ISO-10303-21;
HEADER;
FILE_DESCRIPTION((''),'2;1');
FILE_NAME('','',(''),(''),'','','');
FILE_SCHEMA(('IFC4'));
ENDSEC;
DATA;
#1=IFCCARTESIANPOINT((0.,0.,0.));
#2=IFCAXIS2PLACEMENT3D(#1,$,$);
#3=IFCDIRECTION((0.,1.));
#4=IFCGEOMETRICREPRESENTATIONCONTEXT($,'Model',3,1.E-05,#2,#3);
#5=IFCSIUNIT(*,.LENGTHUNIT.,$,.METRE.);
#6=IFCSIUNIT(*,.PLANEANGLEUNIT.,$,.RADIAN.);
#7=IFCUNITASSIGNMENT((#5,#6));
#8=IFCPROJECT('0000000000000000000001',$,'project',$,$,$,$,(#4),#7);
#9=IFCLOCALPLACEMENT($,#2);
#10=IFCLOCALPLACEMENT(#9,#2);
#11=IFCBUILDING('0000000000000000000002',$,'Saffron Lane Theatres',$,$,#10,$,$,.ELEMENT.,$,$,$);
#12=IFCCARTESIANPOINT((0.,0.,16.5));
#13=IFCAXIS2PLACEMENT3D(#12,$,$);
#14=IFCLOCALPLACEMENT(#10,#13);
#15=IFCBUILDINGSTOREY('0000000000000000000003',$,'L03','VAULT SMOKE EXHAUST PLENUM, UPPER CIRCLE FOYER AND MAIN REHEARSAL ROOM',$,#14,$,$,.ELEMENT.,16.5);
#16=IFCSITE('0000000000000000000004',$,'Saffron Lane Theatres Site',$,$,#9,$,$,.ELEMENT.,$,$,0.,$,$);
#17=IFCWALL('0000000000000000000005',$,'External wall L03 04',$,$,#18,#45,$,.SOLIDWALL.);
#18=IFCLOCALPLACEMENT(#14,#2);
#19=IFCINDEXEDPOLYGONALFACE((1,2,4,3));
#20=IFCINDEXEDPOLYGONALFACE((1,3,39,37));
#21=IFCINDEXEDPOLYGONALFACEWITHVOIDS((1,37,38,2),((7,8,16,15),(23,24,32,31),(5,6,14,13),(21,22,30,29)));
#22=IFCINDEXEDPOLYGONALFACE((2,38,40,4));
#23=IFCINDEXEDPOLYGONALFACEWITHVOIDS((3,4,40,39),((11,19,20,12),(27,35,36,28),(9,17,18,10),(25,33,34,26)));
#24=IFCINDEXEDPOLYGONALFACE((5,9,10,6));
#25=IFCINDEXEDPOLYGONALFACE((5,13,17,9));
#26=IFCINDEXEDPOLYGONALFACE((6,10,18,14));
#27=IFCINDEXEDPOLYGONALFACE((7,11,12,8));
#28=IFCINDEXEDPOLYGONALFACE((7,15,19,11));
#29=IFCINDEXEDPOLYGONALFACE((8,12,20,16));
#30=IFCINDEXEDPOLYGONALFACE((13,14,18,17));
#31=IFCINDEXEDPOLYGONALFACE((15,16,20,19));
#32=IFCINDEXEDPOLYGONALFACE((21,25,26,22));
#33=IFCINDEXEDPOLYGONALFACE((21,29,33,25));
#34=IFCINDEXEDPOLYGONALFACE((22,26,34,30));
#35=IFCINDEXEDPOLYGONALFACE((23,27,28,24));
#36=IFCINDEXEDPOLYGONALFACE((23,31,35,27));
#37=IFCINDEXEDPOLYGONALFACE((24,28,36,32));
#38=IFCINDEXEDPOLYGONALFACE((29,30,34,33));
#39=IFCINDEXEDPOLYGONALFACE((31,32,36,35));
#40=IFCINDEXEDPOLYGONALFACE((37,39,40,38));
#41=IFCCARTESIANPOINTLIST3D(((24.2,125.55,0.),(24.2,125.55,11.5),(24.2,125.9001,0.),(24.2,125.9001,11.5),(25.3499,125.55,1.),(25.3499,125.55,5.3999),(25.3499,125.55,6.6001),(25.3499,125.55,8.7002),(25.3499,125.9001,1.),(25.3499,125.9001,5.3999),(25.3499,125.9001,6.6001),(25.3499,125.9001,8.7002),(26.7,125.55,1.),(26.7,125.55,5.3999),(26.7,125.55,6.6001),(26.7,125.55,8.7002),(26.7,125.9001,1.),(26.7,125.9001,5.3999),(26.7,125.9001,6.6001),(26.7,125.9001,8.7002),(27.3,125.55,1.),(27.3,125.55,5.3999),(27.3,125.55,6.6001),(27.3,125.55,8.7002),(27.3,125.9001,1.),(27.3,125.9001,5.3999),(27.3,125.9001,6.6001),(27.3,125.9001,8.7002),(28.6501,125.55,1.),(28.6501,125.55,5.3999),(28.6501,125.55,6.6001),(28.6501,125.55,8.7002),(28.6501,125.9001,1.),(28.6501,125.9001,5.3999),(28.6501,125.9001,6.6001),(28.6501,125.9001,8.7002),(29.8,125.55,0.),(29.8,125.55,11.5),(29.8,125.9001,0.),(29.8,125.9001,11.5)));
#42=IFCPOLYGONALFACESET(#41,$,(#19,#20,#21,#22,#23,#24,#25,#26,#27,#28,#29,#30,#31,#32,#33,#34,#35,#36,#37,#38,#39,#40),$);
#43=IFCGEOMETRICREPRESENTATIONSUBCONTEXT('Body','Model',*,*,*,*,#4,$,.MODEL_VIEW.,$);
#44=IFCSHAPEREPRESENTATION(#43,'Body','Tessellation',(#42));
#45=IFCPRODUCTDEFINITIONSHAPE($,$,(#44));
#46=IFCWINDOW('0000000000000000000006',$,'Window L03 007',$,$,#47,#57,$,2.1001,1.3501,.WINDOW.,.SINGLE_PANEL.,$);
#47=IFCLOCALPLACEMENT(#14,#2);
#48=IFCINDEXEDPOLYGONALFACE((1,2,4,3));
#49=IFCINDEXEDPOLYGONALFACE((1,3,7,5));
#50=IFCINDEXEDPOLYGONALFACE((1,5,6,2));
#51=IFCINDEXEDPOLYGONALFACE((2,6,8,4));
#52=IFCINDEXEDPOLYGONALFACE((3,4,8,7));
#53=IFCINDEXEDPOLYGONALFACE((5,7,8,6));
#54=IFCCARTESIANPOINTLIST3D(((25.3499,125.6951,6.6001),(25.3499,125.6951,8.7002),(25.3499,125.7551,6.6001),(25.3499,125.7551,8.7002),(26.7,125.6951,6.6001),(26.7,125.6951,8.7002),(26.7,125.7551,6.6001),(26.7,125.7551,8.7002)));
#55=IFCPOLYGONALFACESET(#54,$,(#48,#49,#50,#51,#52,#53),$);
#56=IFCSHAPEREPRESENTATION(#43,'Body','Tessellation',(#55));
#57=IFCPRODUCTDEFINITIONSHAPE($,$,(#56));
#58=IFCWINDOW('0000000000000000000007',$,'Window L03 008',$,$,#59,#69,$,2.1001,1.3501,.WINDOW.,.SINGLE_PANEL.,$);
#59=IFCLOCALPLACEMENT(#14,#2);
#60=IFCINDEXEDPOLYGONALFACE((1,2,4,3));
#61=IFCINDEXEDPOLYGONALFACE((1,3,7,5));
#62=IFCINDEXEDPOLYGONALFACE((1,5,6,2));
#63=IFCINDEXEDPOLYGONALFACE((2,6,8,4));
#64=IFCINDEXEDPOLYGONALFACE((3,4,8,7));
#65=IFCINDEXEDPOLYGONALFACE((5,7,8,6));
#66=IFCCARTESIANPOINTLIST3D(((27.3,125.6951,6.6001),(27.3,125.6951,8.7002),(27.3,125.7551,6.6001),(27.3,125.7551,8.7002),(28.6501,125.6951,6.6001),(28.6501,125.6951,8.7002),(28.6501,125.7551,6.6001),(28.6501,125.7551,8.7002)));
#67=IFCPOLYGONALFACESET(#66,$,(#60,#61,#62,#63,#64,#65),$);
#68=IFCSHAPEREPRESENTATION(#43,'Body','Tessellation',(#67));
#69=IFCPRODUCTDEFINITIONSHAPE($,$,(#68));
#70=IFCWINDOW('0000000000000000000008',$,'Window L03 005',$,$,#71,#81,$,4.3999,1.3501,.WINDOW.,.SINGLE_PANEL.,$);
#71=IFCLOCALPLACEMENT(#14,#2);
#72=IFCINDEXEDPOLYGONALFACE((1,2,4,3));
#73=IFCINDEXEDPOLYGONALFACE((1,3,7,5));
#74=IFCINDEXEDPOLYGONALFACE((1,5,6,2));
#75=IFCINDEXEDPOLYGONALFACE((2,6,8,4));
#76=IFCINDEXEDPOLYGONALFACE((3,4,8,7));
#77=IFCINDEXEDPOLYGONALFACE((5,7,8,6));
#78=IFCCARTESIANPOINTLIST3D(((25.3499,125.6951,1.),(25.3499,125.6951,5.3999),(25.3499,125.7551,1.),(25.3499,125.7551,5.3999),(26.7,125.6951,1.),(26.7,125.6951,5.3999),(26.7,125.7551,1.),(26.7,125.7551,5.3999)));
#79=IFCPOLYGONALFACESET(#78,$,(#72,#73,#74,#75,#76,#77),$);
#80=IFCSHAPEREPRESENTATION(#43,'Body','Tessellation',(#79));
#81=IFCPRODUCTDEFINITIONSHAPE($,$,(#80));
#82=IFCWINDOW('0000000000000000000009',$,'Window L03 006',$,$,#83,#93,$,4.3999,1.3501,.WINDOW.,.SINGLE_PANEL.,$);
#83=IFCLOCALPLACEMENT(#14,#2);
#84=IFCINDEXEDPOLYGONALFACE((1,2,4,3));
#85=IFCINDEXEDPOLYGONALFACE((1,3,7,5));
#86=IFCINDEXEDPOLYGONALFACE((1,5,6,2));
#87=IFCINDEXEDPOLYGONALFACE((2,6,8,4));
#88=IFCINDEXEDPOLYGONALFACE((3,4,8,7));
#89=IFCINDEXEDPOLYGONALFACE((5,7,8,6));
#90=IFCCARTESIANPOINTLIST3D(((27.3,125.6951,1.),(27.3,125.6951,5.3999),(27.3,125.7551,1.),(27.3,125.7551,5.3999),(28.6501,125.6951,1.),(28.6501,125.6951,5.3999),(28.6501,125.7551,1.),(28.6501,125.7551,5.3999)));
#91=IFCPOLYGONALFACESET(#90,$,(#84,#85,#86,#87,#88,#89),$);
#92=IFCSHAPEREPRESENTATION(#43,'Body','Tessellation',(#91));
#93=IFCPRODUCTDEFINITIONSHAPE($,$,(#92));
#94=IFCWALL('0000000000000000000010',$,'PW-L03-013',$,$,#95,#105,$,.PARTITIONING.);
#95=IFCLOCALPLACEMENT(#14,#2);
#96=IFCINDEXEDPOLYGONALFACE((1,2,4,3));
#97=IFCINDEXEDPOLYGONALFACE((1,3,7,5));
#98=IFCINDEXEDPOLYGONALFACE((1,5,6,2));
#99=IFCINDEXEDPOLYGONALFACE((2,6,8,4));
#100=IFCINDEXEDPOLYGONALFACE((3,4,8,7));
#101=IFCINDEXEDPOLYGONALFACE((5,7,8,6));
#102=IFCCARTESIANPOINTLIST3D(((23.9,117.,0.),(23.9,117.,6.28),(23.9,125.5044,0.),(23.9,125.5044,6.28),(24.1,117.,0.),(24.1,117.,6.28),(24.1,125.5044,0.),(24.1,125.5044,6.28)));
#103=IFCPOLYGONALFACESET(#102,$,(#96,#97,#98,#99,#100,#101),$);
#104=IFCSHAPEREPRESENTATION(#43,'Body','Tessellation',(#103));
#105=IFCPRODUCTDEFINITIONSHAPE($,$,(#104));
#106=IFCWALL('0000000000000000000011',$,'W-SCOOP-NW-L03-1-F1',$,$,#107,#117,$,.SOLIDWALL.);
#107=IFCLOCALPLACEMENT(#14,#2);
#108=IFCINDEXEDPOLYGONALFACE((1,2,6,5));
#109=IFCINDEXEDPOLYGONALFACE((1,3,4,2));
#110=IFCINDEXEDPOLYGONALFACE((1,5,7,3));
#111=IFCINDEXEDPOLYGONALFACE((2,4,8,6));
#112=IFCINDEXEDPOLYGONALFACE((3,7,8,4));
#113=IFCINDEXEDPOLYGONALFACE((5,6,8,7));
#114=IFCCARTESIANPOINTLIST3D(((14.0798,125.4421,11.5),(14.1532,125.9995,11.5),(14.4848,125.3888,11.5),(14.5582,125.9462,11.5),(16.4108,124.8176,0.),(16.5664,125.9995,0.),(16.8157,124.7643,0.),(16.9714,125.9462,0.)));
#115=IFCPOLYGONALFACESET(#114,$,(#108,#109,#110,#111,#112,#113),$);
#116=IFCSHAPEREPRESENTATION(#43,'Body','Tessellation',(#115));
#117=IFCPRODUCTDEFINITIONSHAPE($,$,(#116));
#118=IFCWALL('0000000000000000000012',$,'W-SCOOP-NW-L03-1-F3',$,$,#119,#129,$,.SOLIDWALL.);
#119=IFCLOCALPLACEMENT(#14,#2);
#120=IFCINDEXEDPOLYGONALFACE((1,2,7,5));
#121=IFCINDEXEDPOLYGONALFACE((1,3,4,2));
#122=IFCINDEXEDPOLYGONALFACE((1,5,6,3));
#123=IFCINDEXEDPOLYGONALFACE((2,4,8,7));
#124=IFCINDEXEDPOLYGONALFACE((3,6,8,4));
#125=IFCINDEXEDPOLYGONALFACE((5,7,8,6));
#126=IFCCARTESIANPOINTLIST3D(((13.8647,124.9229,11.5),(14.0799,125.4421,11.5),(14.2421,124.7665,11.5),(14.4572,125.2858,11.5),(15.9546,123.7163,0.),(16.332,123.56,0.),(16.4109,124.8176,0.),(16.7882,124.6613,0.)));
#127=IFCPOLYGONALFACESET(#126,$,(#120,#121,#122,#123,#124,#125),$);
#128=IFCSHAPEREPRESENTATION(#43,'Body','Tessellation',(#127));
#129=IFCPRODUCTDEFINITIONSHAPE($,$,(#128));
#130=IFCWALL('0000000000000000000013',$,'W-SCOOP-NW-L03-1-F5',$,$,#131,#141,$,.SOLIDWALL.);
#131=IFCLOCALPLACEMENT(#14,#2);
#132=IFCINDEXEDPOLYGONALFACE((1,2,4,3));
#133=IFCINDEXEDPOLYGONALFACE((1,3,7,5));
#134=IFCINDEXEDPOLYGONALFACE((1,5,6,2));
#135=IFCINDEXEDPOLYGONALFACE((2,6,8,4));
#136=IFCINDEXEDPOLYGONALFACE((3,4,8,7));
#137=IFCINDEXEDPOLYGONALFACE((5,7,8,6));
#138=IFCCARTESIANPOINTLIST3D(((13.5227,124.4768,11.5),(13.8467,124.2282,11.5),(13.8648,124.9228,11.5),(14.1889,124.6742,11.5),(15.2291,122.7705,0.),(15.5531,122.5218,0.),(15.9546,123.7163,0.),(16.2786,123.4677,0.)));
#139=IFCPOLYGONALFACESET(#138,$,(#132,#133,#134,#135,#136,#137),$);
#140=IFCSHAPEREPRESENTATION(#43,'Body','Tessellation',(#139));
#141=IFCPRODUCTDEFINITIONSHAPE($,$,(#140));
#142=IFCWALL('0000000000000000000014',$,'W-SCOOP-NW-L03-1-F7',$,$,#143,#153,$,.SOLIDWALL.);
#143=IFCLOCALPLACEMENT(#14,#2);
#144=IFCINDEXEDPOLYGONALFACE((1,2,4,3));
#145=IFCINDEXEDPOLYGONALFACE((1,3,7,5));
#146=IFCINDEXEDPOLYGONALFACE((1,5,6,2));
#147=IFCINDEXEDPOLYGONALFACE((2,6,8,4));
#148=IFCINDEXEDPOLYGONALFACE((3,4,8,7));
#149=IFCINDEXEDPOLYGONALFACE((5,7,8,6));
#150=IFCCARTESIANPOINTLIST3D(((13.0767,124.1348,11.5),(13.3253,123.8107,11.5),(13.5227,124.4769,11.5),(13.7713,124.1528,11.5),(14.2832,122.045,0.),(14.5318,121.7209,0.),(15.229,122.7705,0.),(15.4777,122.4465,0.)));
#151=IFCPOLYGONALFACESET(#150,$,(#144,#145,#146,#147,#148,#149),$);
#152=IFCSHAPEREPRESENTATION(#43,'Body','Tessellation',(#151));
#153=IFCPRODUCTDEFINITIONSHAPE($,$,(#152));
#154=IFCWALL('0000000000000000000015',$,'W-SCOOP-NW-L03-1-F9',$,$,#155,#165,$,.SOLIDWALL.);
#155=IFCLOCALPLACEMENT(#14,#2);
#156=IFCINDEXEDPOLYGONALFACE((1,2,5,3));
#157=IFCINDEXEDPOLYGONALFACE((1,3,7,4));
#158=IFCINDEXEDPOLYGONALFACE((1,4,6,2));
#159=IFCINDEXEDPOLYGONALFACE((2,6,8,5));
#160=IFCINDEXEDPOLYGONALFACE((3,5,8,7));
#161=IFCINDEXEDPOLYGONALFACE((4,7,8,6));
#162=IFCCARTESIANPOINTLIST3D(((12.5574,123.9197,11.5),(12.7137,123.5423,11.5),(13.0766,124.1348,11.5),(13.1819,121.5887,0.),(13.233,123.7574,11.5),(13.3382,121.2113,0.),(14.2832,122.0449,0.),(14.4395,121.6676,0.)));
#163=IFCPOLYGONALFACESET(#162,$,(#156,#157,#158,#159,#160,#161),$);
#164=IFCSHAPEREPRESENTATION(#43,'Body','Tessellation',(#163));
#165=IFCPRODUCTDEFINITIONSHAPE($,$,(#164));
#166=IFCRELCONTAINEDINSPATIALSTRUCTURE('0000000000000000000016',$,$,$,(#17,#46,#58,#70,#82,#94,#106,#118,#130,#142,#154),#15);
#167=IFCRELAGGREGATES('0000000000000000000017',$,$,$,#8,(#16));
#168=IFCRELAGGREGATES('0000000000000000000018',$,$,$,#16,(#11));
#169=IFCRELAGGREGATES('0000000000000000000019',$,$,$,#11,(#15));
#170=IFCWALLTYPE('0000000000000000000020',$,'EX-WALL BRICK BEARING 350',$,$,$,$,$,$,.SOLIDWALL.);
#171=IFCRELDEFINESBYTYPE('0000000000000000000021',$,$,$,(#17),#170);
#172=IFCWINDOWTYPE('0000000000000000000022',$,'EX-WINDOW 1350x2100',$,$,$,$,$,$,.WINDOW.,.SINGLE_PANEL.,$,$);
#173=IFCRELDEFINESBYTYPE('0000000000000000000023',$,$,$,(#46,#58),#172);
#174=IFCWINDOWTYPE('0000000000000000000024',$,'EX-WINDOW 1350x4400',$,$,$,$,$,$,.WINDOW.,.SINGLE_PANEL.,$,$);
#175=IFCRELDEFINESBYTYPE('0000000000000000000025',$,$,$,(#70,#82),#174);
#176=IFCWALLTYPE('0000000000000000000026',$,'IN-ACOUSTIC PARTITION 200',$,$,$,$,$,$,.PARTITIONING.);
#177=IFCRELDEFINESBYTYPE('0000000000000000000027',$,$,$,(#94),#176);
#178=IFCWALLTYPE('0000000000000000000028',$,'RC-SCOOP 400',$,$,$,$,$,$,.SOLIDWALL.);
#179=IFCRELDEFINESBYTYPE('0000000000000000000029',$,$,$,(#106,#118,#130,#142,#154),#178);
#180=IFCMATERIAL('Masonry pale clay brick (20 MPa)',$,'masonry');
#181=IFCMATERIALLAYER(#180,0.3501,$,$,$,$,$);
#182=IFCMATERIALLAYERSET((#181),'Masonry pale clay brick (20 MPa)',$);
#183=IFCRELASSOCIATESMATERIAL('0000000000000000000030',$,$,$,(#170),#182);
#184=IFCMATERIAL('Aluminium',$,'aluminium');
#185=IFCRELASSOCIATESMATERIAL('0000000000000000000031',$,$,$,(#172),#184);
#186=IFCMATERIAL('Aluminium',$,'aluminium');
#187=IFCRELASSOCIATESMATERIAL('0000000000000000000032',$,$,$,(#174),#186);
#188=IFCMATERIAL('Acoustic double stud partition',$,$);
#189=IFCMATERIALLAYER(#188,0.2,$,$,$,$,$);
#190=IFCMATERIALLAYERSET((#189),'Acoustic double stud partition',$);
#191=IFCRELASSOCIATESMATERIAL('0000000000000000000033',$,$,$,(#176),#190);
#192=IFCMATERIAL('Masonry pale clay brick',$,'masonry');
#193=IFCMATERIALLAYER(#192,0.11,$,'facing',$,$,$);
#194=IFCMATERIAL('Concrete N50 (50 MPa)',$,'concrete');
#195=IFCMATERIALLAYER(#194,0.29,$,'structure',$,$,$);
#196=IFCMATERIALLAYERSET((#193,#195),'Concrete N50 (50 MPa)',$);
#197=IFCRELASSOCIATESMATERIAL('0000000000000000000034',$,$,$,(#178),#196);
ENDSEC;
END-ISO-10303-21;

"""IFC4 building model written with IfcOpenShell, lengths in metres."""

from ifc_helpers import new_model, si_unit, direction, frame, frame_2d, origin, place, context, subcontext, project, spatial, polyline, rectangle, outline, extrude, material, layer, layer_set, type_object, element, fill, save


model = new_model("IFC4")

# Units and contexts
model_context = context("Model", 3, precision=1e-05, world=origin(), true_north=direction((0.0, 1.0)))
body_context = subcontext(model_context, "Body", "Model", "MODEL_VIEW")
ifc_project = project(units=[si_unit("LENGTHUNIT", "METRE"), si_unit("PLANEANGLEUNIT", "RADIAN")], contexts=[model_context])

# Site, building, storey
site_placement = place(None, origin())
site = spatial("IfcSite", under=ifc_project, at=site_placement, Name="Saffron Lane Theatres Site", CompositionType="ELEMENT", RefElevation=0.0)
building_placement = place(site_placement, origin())
building = spatial("IfcBuilding", under=site, at=building_placement, Name="Saffron Lane Theatres", CompositionType="ELEMENT")
storey_placement = place(building_placement, frame((0.0, 0.0, 16.5)))
storey = spatial("IfcBuildingStorey", under=building, at=storey_placement, Name="L03", Description="VAULT SMOKE EXHAUST PLENUM, UPPER CIRCLE FOYER AND MAIN REHEARSAL ROOM", CompositionType="ELEMENT", Elevation=16.5)

# Shared definitions
ifc_material_1 = material(Name="Masonry pale clay brick (20 MPa)", Category="masonry")
ifc_layer_1 = layer(ifc_material_1, 0.3501)
ifc_layer_set_1 = layer_set([ifc_layer_1], Name="Masonry pale clay brick (20 MPa)")
wall_type_1 = type_object("IfcWallType", Name="EX-WALL BRICK BEARING 350", PredefinedType="SOLIDWALL", material=ifc_layer_set_1)

# Wall, openings, windows
ifc_material_2 = material(Name="Aluminium", Category="aluminium")
window_type_1 = type_object("IfcWindowType", Name="EX-WINDOW 1350x2100", PartitioningType="SINGLE_PANEL", PredefinedType="WINDOW", material=ifc_material_2)
ifc_material_3 = material(Name="Aluminium", Category="aluminium")
window_type_2 = type_object("IfcWindowType", Name="EX-WINDOW 1350x4400", PartitioningType="SINGLE_PANEL", PredefinedType="WINDOW", material=ifc_material_3)
wall_1_placement = place(storey_placement, frame((24.2, 125.7251, 0.0), z_axis=(0.0, 0.0, 1.0), x_axis=(1.0, 0.0, 0.0)))
wall_1 = element("IfcWall", 1, at=wall_1_placement, inside=storey, type_object=wall_type_1, Name="External wall L03 04", PredefinedType="SOLIDWALL", context=body_context, shape_type="SweptSolid", body=[
    extrude(rectangle(XDim=5.6001, YDim=0.3501, at=frame_2d((2.8, 0.0))), origin(), (0.0, 0.0, 1.0), 11.5),
])
opening_1_placement = place(wall_1_placement, frame((1.1499, 0.0, 1.0)))
opening_1 = element("IfcOpeningElement", 2, at=opening_1_placement, cuts=wall_1, PredefinedType="OPENING", context=body_context, shape_type="SweptSolid", body=[
    extrude(rectangle(XDim=1.3501, YDim=4.3999, at=frame_2d((0.675, 2.2))), frame((0.0, 0.1851, 0.0), z_axis=(0.0, -1.0, 0.0), x_axis=(1.0, 0.0, 0.0)), (0.0, 0.0, 1.0), 0.3701),
])
opening_2_placement = place(wall_1_placement, frame((3.1001, 0.0, 1.0)))
opening_2 = element("IfcOpeningElement", 3, at=opening_2_placement, cuts=wall_1, PredefinedType="OPENING", context=body_context, shape_type="SweptSolid", body=[
    extrude(rectangle(XDim=1.3501, YDim=4.3999, at=frame_2d((0.675, 2.2))), frame((0.0, 0.1851, 0.0), z_axis=(0.0, -1.0, 0.0), x_axis=(1.0, 0.0, 0.0)), (0.0, 0.0, 1.0), 0.3701),
])
opening_3_placement = place(wall_1_placement, frame((1.1499, 0.0, 6.6001)))
opening_3 = element("IfcOpeningElement", 4, at=opening_3_placement, cuts=wall_1, PredefinedType="OPENING", context=body_context, shape_type="SweptSolid", body=[
    extrude(rectangle(XDim=1.3501, YDim=2.1001, at=frame_2d((0.675, 1.05))), frame((0.0, 0.1851, 0.0), z_axis=(0.0, -1.0, 0.0), x_axis=(1.0, 0.0, 0.0)), (0.0, 0.0, 1.0), 0.3701),
])
opening_4_placement = place(wall_1_placement, frame((3.1001, 0.0, 6.6001)))
opening_4 = element("IfcOpeningElement", 5, at=opening_4_placement, cuts=wall_1, PredefinedType="OPENING", context=body_context, shape_type="SweptSolid", body=[
    extrude(rectangle(XDim=1.3501, YDim=2.1001, at=frame_2d((0.675, 1.05))), frame((0.0, 0.1851, 0.0), z_axis=(0.0, -1.0, 0.0), x_axis=(1.0, 0.0, 0.0)), (0.0, 0.0, 1.0), 0.3701),
])
window_1_placement = place(opening_3_placement, origin())
window_1 = element("IfcWindow", 6, at=window_1_placement, inside=storey, type_object=window_type_1, Name="Window L03 007", OverallHeight=2.1001, OverallWidth=1.3501, PartitioningType="SINGLE_PANEL", PredefinedType="WINDOW", context=body_context, shape_type="SweptSolid", body=[
    extrude(rectangle(XDim=1.3501, YDim=2.1001, at=frame_2d((0.675, 1.05))), frame((0.0, 0.03, 0.0), z_axis=(0.0, -1.0, 0.0), x_axis=(1.0, 0.0, 0.0)), (0.0, 0.0, 1.0), 0.0601),
])
fill(opening_3, window_1)
window_2_placement = place(opening_4_placement, origin())
window_2 = element("IfcWindow", 7, at=window_2_placement, inside=storey, type_object=window_type_1, Name="Window L03 008", OverallHeight=2.1001, OverallWidth=1.3501, PartitioningType="SINGLE_PANEL", PredefinedType="WINDOW", context=body_context, shape_type="SweptSolid", body=[
    extrude(rectangle(XDim=1.3501, YDim=2.1001, at=frame_2d((0.675, 1.05))), frame((0.0, 0.03, 0.0), z_axis=(0.0, -1.0, 0.0), x_axis=(1.0, 0.0, 0.0)), (0.0, 0.0, 1.0), 0.0601),
])
fill(opening_4, window_2)
window_3_placement = place(opening_1_placement, origin())
window_3 = element("IfcWindow", 8, at=window_3_placement, inside=storey, type_object=window_type_2, Name="Window L03 005", OverallHeight=4.3999, OverallWidth=1.3501, PartitioningType="SINGLE_PANEL", PredefinedType="WINDOW", context=body_context, shape_type="SweptSolid", body=[
    extrude(rectangle(XDim=1.3501, YDim=4.3999, at=frame_2d((0.675, 2.2))), frame((0.0, 0.03, 0.0), z_axis=(0.0, -1.0, 0.0), x_axis=(1.0, 0.0, 0.0)), (0.0, 0.0, 1.0), 0.0601),
])
fill(opening_1, window_3)
window_4_placement = place(opening_2_placement, origin())
window_4 = element("IfcWindow", 9, at=window_4_placement, inside=storey, type_object=window_type_2, Name="Window L03 006", OverallHeight=4.3999, OverallWidth=1.3501, PartitioningType="SINGLE_PANEL", PredefinedType="WINDOW", context=body_context, shape_type="SweptSolid", body=[
    extrude(rectangle(XDim=1.3501, YDim=4.3999, at=frame_2d((0.675, 2.2))), frame((0.0, 0.03, 0.0), z_axis=(0.0, -1.0, 0.0), x_axis=(1.0, 0.0, 0.0)), (0.0, 0.0, 1.0), 0.0601),
])
fill(opening_2, window_4)

# Walls
ifc_material_4 = material(Name="Acoustic double stud partition")
ifc_layer_2 = layer(ifc_material_4, 0.2)
ifc_layer_set_2 = layer_set([ifc_layer_2], Name="Acoustic double stud partition")
wall_type_2 = type_object("IfcWallType", Name="IN-ACOUSTIC PARTITION 200", PredefinedType="PARTITIONING", material=ifc_layer_set_2)
wall_2_placement = place(storey_placement, frame((24.0, 117.0, 0.0), z_axis=(0.0, 0.0, 1.0), x_axis=(0.0, 1.0, 0.0)))
element("IfcWall", 10, at=wall_2_placement, inside=storey, type_object=wall_type_2, Name="PW-L03-013", PredefinedType="PARTITIONING", context=body_context, shape_type="SweptSolid", body=[
    extrude(rectangle(XDim=8.5044, YDim=0.2, at=frame_2d((4.2522, 0.0))), origin(), (0.0, 0.0, 1.0), 6.28),
])
ifc_material_5 = material(Name="Masonry pale clay brick", Category="masonry")
ifc_layer_3 = layer(ifc_material_5, 0.11, Name="facing")
ifc_material_6 = material(Name="Concrete N50 (50 MPa)", Category="concrete")
ifc_layer_4 = layer(ifc_material_6, 0.29, Name="structure")
ifc_layer_set_3 = layer_set([ifc_layer_3, ifc_layer_4], Name="Concrete N50 (50 MPa)")
wall_type_3 = type_object("IfcWallType", Name="RC-SCOOP 400", PredefinedType="SOLIDWALL", material=ifc_layer_set_3)
wall_3_placement = place(storey_placement, frame((16.5664, 125.9995, 0.0), z_axis=(0.970659, -0.127804, 0.203685), x_axis=(-0.130538, -0.991443, -0.000016)))
element("IfcWall", 11, at=wall_3_placement, inside=storey, type_object=wall_type_3, Name="W-SCOOP-NW-L03-1-F1", PredefinedType="SOLIDWALL", context=body_context, shape_type="SweptSolid", body=[
    extrude(outline(polyline([(0.0, 0.0), (1.1921, 0.0), (0.877, -11.7463), (0.3148, -11.7462), (0.0, 0.0)])), origin(), (-0.000012, 0.203685, 0.979036), 0.4084),
])
wall_4_placement = place(storey_placement, frame((16.4109, 124.8176, 0.0), z_axis=(0.90449, -0.374713, 0.203686), x_axis=(-0.382738, -0.923857, 0.000007)))
element("IfcWall", 12, at=wall_4_placement, inside=storey, type_object=wall_type_3, Name="W-SCOOP-NW-L03-1-F3", PredefinedType="SOLIDWALL", context=body_context, shape_type="SweptSolid", body=[
    extrude(outline(polyline([(0.0, 0.0), (1.1921, 0.0), (0.8774, -11.7462), (0.3153, -11.7463), (0.0, 0.0)])), origin(), (-0.00006, 0.203686, 0.979036), 0.4084),
])
wall_5_placement = place(storey_placement, frame((15.9546, 123.7163, 0.0), z_axis=(0.776824, -0.595869, 0.203679), x_axis=(-0.60863, -0.793455, 0.000013)))
element("IfcWall", 13, at=wall_5_placement, inside=storey, type_object=wall_type_3, Name="W-SCOOP-NW-L03-1-F5", PredefinedType="SOLIDWALL", context=body_context, shape_type="SweptSolid", body=[
    extrude(outline(polyline([(0.0, 0.0), (1.1921, 0.0), (0.8769, -11.7462), (0.3148, -11.7462), (0.0, 0.0)])), origin(), (0.000166, 0.203679, 0.979038), 0.4084),
])
wall_6_placement = place(storey_placement, frame((15.229, 122.7705, 0.0), z_axis=(0.595869, -0.776824, 0.203679), x_axis=(-0.793455, -0.60863, -0.000013)))
element("IfcWall", 14, at=wall_6_placement, inside=storey, type_object=wall_type_3, Name="W-SCOOP-NW-L03-1-F7", PredefinedType="SOLIDWALL", context=body_context, shape_type="SweptSolid", body=[
    extrude(outline(polyline([(0.0, 0.0), (1.1921, 0.0), (0.8773, -11.7462), (0.3152, -11.7462), (0.0, 0.0)])), origin(), (-0.000166, 0.203679, 0.979038), 0.4084),
])
wall_7_placement = place(storey_placement, frame((14.2832, 122.0449, 0.0), z_axis=(0.374713, -0.90449, 0.203686), x_axis=(-0.923857, -0.382738, -0.000007)))
element("IfcWall", 15, at=wall_7_placement, inside=storey, type_object=wall_type_3, Name="W-SCOOP-NW-L03-1-F9", PredefinedType="SOLIDWALL", context=body_context, shape_type="SweptSolid", body=[
    extrude(outline(polyline([(0.0, 0.0), (1.1921, 0.0), (0.8768, -11.7463), (0.3147, -11.7462), (0.0, 0.0)])), origin(), (0.00006, 0.203686, 0.979036), 0.4084),
])

save(model, "model.ifc")
